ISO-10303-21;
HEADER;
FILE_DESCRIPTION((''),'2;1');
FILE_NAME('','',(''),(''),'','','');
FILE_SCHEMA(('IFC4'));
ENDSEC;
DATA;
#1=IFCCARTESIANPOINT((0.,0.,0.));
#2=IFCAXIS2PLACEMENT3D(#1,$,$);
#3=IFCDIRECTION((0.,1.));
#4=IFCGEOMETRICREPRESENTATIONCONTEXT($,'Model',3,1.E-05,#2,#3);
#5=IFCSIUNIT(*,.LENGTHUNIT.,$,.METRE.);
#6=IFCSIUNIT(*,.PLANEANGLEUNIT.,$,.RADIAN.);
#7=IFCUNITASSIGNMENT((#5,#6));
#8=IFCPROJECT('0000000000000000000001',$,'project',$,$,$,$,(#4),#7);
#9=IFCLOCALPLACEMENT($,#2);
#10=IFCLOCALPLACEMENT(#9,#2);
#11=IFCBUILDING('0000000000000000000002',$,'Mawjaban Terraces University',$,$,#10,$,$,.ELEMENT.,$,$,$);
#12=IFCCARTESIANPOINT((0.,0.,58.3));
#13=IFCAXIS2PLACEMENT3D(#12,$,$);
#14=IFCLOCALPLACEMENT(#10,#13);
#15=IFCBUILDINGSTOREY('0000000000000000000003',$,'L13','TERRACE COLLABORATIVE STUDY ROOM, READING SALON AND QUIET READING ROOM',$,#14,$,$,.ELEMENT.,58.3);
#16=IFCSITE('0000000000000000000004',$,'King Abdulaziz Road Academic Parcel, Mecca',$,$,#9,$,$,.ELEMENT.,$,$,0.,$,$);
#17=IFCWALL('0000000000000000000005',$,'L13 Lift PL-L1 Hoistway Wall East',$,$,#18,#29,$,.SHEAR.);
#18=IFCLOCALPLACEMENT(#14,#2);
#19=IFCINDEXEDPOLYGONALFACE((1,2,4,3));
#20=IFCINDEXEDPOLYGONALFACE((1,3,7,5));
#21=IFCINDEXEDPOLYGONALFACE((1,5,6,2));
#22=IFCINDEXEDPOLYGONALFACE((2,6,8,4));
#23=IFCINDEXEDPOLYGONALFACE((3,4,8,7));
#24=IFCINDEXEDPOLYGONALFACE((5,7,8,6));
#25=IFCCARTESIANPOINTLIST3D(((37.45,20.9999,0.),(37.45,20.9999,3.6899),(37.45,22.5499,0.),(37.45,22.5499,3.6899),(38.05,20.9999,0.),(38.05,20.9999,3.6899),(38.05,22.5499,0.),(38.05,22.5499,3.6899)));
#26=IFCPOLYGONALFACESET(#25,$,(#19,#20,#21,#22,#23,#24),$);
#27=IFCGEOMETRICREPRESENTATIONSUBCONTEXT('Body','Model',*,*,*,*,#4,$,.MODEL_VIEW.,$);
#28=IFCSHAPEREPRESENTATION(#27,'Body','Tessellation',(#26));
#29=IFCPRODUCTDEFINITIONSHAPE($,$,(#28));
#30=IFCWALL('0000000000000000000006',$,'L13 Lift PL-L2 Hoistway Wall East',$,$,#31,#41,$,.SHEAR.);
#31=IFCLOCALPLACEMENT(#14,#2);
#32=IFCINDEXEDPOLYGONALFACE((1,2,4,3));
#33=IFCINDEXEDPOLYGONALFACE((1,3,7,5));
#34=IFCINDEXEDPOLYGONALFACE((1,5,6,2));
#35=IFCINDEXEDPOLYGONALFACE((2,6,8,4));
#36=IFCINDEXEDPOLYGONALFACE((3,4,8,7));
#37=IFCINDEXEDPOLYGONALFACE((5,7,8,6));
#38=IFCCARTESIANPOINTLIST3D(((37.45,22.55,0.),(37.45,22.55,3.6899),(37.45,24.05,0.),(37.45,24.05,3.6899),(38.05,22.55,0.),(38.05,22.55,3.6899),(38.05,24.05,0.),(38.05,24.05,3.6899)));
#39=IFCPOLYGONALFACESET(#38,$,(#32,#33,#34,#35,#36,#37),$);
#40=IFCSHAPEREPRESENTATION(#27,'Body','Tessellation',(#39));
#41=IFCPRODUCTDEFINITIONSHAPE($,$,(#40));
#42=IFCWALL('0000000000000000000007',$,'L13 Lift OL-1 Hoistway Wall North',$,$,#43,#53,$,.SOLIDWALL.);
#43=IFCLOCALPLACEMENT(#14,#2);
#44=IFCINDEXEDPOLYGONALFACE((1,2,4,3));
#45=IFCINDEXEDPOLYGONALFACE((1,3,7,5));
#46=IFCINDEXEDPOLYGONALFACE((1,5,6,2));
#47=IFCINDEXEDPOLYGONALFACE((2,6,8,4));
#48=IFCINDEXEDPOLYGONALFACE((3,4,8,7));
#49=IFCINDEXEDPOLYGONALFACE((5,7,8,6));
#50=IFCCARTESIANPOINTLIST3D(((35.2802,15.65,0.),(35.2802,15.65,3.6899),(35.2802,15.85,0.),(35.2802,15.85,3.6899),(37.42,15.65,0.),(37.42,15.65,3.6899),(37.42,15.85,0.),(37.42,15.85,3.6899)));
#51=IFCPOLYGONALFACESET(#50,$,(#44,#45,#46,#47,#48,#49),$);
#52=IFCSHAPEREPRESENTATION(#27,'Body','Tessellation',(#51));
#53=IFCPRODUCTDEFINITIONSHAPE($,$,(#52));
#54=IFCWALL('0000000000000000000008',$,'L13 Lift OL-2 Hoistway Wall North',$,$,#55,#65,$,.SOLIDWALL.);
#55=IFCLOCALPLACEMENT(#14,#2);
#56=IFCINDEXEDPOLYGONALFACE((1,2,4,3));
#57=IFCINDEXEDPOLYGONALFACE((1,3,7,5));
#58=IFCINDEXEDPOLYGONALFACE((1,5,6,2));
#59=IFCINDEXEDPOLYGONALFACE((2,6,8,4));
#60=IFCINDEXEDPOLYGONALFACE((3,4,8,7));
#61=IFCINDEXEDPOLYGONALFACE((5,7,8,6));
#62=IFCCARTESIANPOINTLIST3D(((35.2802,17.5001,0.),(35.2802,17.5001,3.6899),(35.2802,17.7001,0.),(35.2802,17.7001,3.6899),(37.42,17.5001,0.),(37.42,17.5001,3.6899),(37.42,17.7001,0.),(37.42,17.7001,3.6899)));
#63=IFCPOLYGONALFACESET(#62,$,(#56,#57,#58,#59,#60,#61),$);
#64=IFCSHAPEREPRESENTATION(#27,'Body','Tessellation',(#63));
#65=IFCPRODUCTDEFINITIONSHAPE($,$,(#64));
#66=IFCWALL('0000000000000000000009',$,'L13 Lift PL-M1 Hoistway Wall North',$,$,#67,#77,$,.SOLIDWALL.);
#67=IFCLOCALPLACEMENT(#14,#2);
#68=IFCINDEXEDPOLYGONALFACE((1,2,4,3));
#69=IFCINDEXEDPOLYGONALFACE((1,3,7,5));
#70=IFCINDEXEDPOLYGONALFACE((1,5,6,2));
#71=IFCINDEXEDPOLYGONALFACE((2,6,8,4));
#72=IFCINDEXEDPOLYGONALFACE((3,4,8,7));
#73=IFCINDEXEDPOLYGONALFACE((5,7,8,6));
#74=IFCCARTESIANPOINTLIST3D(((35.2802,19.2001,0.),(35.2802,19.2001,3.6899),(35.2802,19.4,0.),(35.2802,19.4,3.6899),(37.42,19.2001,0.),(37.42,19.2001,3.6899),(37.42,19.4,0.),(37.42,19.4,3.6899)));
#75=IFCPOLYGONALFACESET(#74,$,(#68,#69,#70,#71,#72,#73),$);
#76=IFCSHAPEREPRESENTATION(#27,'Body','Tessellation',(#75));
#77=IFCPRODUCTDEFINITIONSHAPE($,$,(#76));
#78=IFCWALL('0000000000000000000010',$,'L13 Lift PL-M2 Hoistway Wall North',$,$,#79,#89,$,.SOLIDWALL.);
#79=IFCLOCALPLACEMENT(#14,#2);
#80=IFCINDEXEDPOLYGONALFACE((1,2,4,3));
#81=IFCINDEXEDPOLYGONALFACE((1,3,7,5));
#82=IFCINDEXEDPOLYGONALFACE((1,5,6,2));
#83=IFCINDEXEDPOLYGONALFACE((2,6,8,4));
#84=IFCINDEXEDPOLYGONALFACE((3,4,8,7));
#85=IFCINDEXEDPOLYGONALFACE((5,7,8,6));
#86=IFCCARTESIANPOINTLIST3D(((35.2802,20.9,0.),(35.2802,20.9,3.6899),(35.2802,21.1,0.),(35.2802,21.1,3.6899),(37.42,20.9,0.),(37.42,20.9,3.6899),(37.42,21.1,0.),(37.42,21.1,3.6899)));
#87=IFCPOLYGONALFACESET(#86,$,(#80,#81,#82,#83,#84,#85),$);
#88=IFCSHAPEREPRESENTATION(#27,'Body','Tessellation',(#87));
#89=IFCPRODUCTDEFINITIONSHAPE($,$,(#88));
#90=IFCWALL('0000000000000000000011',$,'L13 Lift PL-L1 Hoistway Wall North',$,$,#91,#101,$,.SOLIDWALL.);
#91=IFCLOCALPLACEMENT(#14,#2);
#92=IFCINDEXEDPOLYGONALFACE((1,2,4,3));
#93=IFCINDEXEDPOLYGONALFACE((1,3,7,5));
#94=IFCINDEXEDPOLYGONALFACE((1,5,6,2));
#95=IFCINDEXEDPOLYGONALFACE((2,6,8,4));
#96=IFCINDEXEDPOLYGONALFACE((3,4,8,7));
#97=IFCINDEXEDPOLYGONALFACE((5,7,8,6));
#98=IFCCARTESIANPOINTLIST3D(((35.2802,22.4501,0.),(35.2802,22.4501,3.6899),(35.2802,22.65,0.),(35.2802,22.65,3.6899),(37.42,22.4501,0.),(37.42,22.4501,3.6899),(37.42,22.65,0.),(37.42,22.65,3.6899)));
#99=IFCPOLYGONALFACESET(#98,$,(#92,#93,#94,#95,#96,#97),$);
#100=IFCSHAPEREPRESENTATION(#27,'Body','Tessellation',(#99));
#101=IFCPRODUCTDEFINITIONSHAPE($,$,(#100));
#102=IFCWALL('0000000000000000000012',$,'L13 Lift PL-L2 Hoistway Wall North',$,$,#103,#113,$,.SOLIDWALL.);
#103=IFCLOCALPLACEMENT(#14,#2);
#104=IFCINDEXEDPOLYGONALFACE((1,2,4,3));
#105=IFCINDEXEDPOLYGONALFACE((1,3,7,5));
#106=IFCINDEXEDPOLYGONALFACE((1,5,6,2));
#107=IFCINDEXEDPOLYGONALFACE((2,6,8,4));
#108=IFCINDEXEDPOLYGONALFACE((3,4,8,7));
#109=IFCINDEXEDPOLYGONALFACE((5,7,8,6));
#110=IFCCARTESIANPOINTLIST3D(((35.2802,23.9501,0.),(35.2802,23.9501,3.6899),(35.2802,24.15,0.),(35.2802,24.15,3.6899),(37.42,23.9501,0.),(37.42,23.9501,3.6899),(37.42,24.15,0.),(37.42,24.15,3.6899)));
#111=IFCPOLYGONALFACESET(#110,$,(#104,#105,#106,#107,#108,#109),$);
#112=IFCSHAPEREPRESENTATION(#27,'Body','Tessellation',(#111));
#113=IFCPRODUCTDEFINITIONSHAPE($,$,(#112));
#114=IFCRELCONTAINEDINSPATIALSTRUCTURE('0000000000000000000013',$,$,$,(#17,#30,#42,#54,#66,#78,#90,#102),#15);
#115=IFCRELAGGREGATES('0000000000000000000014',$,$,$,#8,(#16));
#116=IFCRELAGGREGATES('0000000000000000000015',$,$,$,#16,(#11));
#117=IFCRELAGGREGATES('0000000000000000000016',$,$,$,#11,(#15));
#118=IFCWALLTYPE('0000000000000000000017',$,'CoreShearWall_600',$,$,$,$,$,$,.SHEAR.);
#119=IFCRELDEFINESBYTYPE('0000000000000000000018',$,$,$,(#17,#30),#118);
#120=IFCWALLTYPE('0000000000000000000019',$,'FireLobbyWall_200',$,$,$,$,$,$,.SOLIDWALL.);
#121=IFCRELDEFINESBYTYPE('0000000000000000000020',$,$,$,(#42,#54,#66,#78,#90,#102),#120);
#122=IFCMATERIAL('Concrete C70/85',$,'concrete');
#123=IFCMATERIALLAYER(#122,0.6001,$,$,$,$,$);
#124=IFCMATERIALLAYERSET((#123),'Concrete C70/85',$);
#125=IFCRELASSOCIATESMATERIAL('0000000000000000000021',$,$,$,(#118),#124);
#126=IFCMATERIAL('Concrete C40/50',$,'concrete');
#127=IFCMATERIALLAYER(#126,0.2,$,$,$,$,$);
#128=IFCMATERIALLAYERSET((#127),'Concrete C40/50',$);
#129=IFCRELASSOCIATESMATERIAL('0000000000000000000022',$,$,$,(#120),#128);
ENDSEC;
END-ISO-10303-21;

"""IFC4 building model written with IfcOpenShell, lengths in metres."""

from ifc_helpers import new_model, si_unit, direction, frame, frame_2d, origin, place, context, subcontext, project, spatial, rectangle, extrude, material, layer, layer_set, type_object, element, save


model = new_model("IFC4")

# Units and contexts
model_context = context("Model", 3, precision=1e-05, world=origin(), true_north=direction((0.0, 1.0)))
body_context = subcontext(model_context, "Body", "Model", "MODEL_VIEW")
ifc_project = project(units=[si_unit("LENGTHUNIT", "METRE"), si_unit("PLANEANGLEUNIT", "RADIAN")], contexts=[model_context])

# Site, building, storey
site_placement = place(None, origin())
site = spatial("IfcSite", under=ifc_project, at=site_placement, Name="King Abdulaziz Road Academic Parcel, Mecca", CompositionType="ELEMENT", RefElevation=0.0)
building_placement = place(site_placement, origin())
building = spatial("IfcBuilding", under=site, at=building_placement, Name="Mawjaban Terraces University", CompositionType="ELEMENT")
storey_placement = place(building_placement, frame((0.0, 0.0, 58.3)))
storey = spatial("IfcBuildingStorey", under=building, at=storey_placement, Name="L13", Description="TERRACE COLLABORATIVE STUDY ROOM, READING SALON AND QUIET READING ROOM", CompositionType="ELEMENT", Elevation=58.3)

# Shared definitions
ifc_material_1 = material(Name="Concrete C70/85", Category="concrete")

# Walls
ifc_layer_1 = layer(ifc_material_1, 0.6001)
ifc_layer_set_1 = layer_set([ifc_layer_1], Name="Concrete C70/85")
wall_type_1 = type_object("IfcWallType", Name="CoreShearWall_600", PredefinedType="SHEAR", material=ifc_layer_set_1)
wall_1_placement = place(storey_placement, frame((37.75, 21.0, 0.0), z_axis=(0.0, 0.0, 1.0), x_axis=(0.0, 1.0, 0.0)))
element("IfcWall", 1, at=wall_1_placement, inside=storey, type_object=wall_type_1, Name="L13 Lift PL-L1 Hoistway Wall East", PredefinedType="SHEAR", context=body_context, shape_type="SweptSolid", body=[
    extrude(rectangle(XDim=1.55, YDim=0.6001, at=frame_2d((0.7749, 0.0))), origin(), (0.0, 0.0, 1.0), 3.6899),
])
wall_2_placement = place(storey_placement, frame((37.75, 22.55, 0.0), z_axis=(0.0, 0.0, 1.0), x_axis=(0.0, 1.0, 0.0)))
element("IfcWall", 2, at=wall_2_placement, inside=storey, type_object=wall_type_1, Name="L13 Lift PL-L2 Hoistway Wall East", PredefinedType="SHEAR", context=body_context, shape_type="SweptSolid", body=[
    extrude(rectangle(XDim=1.5, YDim=0.6001, at=frame_2d((0.75, 0.0))), origin(), (0.0, 0.0, 1.0), 3.6899),
])
ifc_material_2 = material(Name="Concrete C40/50", Category="concrete")
ifc_layer_2 = layer(ifc_material_2, 0.2)
ifc_layer_set_2 = layer_set([ifc_layer_2], Name="Concrete C40/50")
wall_type_2 = type_object("IfcWallType", Name="FireLobbyWall_200", PredefinedType="SOLIDWALL", material=ifc_layer_set_2)
for number, where, z_axis, x_axis, name in (
    (3, (37.4199, 15.75, 0.0), (0.0, 0.0, 1.0), (-1.0, 0.0, 0.0), "L13 Lift OL-1 Hoistway Wall North"),
    (4, (37.4199, 17.6001, 0.0), (0.0, 0.0, 1.0), (-1.0, 0.0, 0.0), "L13 Lift OL-2 Hoistway Wall North"),
    (5, (37.4199, 19.3, 0.0), (0.0, 0.0, 1.0), (-1.0, 0.0, 0.0), "L13 Lift PL-M1 Hoistway Wall North"),
    (6, (37.4199, 21.0, 0.0), (0.0, 0.0, 1.0), (-1.0, 0.0, 0.0), "L13 Lift PL-M2 Hoistway Wall North"),
    (7, (37.4199, 22.55, 0.0), (0.0, 0.0, 1.0), (-1.0, 0.0, 0.0), "L13 Lift PL-L1 Hoistway Wall North"),
    (8, (37.4199, 24.05, 0.0), (0.0, 0.0, 1.0), (-1.0, 0.0, 0.0), "L13 Lift PL-L2 Hoistway Wall North"),
):
    element("IfcWall", number, at=place(storey_placement, frame(where, z_axis=z_axis, x_axis=x_axis)), inside=storey, type_object=wall_type_2, Name=name, PredefinedType="SOLIDWALL", context=body_context, shape_type="SweptSolid", body=[
        extrude(rectangle(XDim=2.1399, YDim=0.2, at=frame_2d((1.0698, 0.0))), origin(), (0.0, 0.0, 1.0), 3.6899),
    ])

save(model, "model.ifc")
